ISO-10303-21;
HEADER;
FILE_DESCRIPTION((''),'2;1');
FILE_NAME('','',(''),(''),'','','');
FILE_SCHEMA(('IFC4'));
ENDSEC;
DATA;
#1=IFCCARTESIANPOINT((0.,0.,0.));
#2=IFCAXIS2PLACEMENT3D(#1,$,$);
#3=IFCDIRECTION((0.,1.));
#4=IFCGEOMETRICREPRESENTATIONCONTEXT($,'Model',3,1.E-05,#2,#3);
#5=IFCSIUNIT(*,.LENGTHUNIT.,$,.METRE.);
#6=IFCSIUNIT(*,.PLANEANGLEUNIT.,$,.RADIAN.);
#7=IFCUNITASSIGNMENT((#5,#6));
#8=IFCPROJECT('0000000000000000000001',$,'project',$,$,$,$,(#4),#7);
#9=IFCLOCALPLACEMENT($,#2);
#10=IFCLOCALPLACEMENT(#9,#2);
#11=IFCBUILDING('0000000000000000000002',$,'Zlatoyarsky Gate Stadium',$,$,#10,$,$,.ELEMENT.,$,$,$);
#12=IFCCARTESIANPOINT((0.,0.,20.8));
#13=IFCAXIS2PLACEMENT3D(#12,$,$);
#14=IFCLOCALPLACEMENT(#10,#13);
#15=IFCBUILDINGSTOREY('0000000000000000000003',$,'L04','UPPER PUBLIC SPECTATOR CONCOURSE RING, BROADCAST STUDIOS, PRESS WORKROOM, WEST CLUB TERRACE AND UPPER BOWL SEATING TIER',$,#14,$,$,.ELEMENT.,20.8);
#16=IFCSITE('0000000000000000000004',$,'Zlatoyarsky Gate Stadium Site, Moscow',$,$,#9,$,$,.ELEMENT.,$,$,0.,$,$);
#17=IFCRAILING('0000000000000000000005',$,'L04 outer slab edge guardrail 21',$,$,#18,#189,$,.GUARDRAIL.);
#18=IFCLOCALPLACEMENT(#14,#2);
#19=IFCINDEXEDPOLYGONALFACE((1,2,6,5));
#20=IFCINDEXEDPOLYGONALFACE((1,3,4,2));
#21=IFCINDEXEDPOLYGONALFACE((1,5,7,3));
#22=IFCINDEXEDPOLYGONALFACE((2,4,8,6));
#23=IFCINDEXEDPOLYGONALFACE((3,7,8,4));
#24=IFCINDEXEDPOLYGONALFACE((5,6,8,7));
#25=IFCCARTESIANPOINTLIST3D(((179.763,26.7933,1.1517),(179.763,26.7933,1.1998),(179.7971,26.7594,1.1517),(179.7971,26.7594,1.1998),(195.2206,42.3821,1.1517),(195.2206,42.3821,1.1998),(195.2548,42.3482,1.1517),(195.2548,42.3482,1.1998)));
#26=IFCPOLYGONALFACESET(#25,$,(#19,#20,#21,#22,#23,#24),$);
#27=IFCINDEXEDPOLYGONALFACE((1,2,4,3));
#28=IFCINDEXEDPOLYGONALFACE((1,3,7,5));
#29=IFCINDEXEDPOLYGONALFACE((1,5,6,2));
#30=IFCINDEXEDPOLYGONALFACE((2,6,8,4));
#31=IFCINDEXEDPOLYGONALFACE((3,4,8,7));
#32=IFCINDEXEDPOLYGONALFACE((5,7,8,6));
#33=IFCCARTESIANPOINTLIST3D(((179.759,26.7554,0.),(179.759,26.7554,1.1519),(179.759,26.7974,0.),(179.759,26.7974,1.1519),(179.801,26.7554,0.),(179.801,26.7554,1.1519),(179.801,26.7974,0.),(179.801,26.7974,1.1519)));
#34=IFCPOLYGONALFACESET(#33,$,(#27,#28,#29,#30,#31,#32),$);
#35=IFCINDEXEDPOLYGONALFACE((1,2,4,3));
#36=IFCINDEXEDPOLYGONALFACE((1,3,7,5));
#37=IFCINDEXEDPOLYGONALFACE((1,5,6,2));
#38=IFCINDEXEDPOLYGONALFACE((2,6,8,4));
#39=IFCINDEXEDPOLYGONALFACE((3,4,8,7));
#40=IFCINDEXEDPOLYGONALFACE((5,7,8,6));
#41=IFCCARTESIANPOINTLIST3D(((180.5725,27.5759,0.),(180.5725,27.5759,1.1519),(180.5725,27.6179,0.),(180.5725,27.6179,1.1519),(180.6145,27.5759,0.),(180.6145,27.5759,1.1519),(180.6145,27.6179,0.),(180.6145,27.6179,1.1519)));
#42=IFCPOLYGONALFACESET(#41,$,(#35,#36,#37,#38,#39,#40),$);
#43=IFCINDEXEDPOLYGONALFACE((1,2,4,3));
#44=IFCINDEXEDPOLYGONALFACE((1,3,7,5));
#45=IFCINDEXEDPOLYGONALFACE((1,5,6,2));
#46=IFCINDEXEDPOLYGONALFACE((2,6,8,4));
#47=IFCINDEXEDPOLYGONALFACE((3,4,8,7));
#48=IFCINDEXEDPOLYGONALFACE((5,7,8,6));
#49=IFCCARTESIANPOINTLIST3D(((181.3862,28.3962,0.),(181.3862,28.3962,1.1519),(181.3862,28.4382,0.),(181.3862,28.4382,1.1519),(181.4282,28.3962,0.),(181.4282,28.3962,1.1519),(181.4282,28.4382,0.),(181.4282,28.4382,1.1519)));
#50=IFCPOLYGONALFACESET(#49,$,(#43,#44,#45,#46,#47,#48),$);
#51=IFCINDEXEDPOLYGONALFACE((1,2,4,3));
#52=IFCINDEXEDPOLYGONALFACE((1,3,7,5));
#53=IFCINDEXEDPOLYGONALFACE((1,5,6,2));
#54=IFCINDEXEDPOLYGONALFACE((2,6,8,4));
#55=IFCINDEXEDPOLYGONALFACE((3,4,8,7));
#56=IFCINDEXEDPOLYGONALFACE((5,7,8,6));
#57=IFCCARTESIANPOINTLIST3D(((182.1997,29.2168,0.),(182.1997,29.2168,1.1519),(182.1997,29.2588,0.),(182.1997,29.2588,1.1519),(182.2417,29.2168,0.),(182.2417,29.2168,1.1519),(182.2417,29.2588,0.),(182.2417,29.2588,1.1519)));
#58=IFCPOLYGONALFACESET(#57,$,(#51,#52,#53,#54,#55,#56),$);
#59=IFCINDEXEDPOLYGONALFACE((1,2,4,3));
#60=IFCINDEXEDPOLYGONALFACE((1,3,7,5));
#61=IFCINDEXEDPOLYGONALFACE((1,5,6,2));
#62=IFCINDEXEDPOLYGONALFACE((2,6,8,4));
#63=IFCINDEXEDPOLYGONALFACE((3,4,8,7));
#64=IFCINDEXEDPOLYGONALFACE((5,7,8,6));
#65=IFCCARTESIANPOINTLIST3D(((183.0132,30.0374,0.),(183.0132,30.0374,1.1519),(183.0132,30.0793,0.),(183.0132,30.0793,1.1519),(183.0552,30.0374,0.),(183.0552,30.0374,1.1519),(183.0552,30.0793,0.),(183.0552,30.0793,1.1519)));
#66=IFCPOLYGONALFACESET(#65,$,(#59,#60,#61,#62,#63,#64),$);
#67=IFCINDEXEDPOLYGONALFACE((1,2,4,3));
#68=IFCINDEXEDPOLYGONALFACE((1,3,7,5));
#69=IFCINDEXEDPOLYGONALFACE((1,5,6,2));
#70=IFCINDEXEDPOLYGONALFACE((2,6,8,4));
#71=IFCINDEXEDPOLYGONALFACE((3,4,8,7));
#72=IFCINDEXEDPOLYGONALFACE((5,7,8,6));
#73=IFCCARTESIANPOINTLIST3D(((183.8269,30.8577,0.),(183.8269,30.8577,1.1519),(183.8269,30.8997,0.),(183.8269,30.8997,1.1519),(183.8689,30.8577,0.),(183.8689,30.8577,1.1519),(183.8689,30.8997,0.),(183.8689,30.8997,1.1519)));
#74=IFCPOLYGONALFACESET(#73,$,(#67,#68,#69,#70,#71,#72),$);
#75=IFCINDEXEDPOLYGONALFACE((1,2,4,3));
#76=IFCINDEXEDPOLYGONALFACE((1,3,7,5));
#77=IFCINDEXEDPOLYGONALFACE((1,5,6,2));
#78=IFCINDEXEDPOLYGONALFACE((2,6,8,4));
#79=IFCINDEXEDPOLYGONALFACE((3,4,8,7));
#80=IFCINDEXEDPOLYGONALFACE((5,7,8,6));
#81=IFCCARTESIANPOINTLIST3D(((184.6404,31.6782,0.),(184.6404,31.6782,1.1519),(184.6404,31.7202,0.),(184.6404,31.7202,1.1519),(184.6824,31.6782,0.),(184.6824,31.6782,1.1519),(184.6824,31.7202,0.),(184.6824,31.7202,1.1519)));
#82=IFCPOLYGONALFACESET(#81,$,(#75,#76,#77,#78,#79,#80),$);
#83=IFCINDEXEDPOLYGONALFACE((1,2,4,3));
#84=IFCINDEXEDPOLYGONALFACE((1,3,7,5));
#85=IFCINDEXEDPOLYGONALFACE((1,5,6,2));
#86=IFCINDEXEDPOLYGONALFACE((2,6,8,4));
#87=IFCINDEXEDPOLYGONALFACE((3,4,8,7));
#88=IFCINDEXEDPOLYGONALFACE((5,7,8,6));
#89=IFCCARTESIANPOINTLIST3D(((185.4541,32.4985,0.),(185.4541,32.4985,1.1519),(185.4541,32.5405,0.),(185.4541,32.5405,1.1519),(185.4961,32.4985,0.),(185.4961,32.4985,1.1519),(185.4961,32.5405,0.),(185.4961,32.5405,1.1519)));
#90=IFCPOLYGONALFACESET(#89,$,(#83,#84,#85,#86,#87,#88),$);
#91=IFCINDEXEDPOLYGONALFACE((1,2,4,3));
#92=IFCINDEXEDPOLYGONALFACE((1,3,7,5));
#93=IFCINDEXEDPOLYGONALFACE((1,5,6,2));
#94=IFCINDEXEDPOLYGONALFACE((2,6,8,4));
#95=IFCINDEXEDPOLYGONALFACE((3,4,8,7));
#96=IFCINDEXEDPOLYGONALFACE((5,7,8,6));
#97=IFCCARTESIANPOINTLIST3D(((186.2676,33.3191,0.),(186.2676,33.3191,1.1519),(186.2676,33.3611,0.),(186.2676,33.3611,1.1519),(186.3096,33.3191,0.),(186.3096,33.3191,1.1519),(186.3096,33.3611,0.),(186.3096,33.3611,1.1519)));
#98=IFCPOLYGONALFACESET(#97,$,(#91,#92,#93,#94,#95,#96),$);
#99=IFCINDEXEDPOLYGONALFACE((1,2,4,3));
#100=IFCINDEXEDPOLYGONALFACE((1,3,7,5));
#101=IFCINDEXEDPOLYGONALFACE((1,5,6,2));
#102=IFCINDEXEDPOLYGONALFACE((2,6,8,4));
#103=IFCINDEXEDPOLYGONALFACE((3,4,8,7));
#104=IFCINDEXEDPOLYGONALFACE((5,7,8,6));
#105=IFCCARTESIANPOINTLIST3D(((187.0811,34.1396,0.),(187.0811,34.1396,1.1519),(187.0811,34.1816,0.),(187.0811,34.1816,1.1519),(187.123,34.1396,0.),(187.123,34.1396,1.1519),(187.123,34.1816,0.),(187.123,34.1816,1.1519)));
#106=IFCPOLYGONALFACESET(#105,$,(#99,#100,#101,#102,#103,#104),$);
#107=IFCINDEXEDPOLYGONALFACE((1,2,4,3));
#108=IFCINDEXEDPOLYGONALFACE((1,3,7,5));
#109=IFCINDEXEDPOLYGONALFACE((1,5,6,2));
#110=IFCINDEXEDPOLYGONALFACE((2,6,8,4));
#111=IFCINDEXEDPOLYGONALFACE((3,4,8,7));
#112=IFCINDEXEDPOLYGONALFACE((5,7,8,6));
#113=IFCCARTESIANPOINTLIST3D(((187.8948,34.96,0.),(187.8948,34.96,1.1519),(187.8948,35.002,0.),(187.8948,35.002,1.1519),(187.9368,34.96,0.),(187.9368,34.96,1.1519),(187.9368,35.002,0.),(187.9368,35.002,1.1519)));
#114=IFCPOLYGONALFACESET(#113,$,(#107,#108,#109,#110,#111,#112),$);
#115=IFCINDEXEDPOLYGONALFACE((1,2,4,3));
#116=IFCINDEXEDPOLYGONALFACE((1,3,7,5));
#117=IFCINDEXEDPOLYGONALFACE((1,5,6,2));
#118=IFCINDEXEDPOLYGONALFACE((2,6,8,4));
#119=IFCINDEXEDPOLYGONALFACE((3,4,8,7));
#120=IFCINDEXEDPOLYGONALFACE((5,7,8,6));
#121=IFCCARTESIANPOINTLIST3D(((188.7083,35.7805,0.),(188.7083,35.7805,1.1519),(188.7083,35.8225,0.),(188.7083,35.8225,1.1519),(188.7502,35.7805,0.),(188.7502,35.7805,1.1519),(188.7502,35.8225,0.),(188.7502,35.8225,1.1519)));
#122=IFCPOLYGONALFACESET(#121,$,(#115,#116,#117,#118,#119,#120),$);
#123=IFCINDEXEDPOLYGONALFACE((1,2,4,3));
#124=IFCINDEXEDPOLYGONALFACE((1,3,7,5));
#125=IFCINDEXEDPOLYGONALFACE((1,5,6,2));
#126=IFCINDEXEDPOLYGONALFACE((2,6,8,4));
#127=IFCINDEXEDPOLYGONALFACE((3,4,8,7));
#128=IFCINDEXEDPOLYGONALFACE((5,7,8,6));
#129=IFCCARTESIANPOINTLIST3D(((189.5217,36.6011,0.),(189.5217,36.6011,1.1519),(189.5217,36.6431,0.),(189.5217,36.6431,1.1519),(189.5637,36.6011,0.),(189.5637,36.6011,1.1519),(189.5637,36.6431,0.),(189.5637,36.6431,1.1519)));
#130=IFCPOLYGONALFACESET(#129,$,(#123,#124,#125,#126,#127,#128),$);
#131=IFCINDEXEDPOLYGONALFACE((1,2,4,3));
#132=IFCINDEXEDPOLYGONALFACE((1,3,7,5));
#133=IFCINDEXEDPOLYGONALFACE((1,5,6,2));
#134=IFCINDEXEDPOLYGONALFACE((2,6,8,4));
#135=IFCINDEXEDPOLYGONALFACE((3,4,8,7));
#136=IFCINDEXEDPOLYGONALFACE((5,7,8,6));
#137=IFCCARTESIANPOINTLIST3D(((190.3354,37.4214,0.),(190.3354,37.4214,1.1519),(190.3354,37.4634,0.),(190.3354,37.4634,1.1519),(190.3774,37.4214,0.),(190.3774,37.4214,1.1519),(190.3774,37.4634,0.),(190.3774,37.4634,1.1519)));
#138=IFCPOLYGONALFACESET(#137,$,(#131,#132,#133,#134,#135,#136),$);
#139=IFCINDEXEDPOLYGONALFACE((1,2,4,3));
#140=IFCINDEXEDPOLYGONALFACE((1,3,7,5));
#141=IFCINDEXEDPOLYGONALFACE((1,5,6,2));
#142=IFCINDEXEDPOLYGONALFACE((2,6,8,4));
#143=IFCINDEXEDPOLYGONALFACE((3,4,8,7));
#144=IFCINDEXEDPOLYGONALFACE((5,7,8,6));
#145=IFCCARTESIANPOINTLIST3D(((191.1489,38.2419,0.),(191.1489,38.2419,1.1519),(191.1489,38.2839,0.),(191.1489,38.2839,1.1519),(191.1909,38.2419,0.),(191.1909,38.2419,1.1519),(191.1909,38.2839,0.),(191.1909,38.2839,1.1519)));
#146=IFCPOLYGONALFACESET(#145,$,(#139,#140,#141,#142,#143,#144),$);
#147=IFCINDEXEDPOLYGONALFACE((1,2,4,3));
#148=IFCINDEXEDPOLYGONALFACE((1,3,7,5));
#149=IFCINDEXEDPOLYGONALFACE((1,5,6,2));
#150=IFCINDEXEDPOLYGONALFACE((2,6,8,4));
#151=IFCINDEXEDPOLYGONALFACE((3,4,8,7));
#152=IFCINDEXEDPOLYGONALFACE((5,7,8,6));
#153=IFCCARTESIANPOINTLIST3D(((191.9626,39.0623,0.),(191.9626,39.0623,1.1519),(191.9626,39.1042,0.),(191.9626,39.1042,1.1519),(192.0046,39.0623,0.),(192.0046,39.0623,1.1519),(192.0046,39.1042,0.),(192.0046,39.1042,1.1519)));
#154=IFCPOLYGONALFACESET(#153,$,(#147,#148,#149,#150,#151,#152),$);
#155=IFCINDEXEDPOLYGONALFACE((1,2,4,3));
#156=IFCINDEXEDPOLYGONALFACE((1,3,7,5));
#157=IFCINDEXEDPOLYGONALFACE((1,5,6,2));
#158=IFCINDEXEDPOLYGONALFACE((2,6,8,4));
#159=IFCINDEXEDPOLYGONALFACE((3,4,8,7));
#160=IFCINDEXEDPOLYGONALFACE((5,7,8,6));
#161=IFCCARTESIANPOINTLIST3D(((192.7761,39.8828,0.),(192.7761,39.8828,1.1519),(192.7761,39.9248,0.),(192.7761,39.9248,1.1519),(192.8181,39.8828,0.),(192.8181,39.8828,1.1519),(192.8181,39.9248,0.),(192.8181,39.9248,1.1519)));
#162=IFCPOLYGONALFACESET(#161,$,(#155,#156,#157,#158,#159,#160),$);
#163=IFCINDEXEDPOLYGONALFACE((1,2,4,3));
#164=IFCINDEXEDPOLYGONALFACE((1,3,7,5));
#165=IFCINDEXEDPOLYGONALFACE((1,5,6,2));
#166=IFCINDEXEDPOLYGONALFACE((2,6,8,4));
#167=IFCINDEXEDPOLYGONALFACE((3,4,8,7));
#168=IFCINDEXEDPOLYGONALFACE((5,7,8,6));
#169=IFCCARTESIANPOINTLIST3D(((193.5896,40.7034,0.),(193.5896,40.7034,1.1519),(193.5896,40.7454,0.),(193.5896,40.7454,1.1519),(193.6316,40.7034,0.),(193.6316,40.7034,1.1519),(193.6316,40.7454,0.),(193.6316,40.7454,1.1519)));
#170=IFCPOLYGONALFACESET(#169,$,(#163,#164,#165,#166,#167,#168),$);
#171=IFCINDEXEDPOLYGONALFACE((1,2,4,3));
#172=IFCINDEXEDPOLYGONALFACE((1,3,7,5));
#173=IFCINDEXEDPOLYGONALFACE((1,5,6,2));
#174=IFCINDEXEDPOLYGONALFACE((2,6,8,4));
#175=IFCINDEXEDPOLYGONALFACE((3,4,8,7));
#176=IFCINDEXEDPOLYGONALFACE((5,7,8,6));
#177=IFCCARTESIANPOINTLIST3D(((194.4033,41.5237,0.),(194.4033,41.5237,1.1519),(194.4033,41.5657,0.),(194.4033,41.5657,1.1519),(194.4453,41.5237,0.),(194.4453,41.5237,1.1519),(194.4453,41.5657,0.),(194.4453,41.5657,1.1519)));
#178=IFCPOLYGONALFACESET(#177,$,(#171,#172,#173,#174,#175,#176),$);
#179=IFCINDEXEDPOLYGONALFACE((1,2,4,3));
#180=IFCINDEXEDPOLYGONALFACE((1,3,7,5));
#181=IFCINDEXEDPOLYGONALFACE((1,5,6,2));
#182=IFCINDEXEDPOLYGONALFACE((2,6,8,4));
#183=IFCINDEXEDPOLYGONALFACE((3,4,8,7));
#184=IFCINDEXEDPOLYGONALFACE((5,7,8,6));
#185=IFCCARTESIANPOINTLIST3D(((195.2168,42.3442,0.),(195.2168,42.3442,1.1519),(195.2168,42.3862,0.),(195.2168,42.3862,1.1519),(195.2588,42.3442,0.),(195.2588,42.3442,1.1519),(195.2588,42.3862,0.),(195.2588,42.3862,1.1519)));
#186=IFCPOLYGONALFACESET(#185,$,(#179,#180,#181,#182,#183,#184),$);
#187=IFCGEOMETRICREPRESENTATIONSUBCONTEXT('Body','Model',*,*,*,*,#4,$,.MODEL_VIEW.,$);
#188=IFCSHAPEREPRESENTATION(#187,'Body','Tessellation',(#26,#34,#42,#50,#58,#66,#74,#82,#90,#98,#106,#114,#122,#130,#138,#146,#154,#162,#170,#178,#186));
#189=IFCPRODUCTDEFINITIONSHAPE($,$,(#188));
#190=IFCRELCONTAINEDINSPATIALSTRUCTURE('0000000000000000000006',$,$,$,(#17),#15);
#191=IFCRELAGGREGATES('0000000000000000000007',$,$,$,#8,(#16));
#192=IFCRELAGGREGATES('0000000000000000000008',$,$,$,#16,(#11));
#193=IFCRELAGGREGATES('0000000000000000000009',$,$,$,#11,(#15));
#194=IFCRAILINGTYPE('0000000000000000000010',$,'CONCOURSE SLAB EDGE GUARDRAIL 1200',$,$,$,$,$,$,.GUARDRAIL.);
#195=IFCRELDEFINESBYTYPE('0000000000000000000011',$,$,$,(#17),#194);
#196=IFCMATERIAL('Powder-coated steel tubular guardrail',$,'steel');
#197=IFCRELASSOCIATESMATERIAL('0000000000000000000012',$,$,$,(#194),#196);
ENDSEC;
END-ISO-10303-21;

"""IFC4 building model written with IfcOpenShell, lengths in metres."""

from ifc_helpers import new_model, si_unit, direction, frame, origin, origin_2d, place, context, subcontext, project, spatial, rectangle, extrude, material, type_object, element, save


model = new_model("IFC4")

# Units and contexts
model_context = context("Model", 3, precision=1e-05, world=origin(), true_north=direction((0.0, 1.0)))
body_context = subcontext(model_context, "Body", "Model", "MODEL_VIEW")
ifc_project = project(units=[si_unit("LENGTHUNIT", "METRE"), si_unit("PLANEANGLEUNIT", "RADIAN")], contexts=[model_context])

# Site, building, storey
site_placement = place(None, origin())
site = spatial("IfcSite", under=ifc_project, at=site_placement, Name="Zlatoyarsky Gate Stadium Site, Moscow", CompositionType="ELEMENT", RefElevation=0.0)
building_placement = place(site_placement, origin())
building = spatial("IfcBuilding", under=site, at=building_placement, Name="Zlatoyarsky Gate Stadium", CompositionType="ELEMENT")
storey_placement = place(building_placement, frame((0.0, 0.0, 20.8)))
storey = spatial("IfcBuildingStorey", under=building, at=storey_placement, Name="L04", Description="UPPER PUBLIC SPECTATOR CONCOURSE RING, BROADCAST STUDIOS, PRESS WORKROOM, WEST CLUB TERRACE AND UPPER BOWL SEATING TIER", CompositionType="ELEMENT", Elevation=20.8)

# Railing
ifc_material_1 = material(Name="Powder-coated steel tubular guardrail", Category="steel")
railing_type = type_object("IfcRailingType", Name="CONCOURSE SLAB EDGE GUARDRAIL 1200", PredefinedType="GUARDRAIL", material=ifc_material_1)
railing_placement = place(storey_placement, frame((179.78, 26.7764, 0.0)))
element("IfcRailing", 1, at=railing_placement, inside=storey, type_object=railing_type, Name="L04 outer slab edge guardrail 21", PredefinedType="GUARDRAIL", context=body_context, shape_type="SweptSolid", body=[
    extrude(rectangle(XDim=0.0481, YDim=0.0481, at=origin_2d()), frame((0.0, 0.0, 1.1758), z_axis=(0.704115, 0.710086, 0.0), x_axis=(-0.710086, 0.704115, 0.0)), (0.0, 0.0, 1.0), 21.9534),
    extrude(rectangle(XDim=0.042, YDim=0.042, at=origin_2d()), origin(), (0.0, 0.0, 1.0), 1.1519),
    extrude(rectangle(XDim=0.042, YDim=0.042, at=origin_2d()), frame((0.8135, 0.8206, 0.0)), (0.0, 0.0, 1.0), 1.1519),
    extrude(rectangle(XDim=0.042, YDim=0.042, at=origin_2d()), frame((1.6272, 1.6409, 0.0)), (0.0, 0.0, 1.0), 1.1519),
    extrude(rectangle(XDim=0.042, YDim=0.042, at=origin_2d()), frame((2.4407, 2.4614, 0.0)), (0.0, 0.0, 1.0), 1.1519),
    extrude(rectangle(XDim=0.042, YDim=0.042, at=origin_2d()), frame((3.2542, 3.282, 0.0)), (0.0, 0.0, 1.0), 1.1519),
    extrude(rectangle(XDim=0.042, YDim=0.042, at=origin_2d()), frame((4.0679, 4.1023, 0.0)), (0.0, 0.0, 1.0), 1.1519),
    extrude(rectangle(XDim=0.042, YDim=0.042, at=origin_2d()), frame((4.8813, 4.9229, 0.0)), (0.0, 0.0, 1.0), 1.1519),
    extrude(rectangle(XDim=0.042, YDim=0.042, at=origin_2d()), frame((5.6951, 5.7432, 0.0)), (0.0, 0.0, 1.0), 1.1519),
    extrude(rectangle(XDim=0.042, YDim=0.042, at=origin_2d()), frame((6.5085, 6.5637, 0.0)), (0.0, 0.0, 1.0), 1.1519),
    extrude(rectangle(XDim=0.042, YDim=0.042, at=origin_2d()), frame((7.322, 7.3843, 0.0)), (0.0, 0.0, 1.0), 1.1519),
    extrude(rectangle(XDim=0.042, YDim=0.042, at=origin_2d()), frame((8.1357, 8.2046, 0.0)), (0.0, 0.0, 1.0), 1.1519),
    extrude(rectangle(XDim=0.042, YDim=0.042, at=origin_2d()), frame((8.9492, 9.0251, 0.0)), (0.0, 0.0, 1.0), 1.1519),
    extrude(rectangle(XDim=0.042, YDim=0.042, at=origin_2d()), frame((9.7627, 9.8457, 0.0)), (0.0, 0.0, 1.0), 1.1519),
    extrude(rectangle(XDim=0.042, YDim=0.042, at=origin_2d()), frame((10.5764, 10.666, 0.0)), (0.0, 0.0, 1.0), 1.1519),
    extrude(rectangle(XDim=0.042, YDim=0.042, at=origin_2d()), frame((11.3899, 11.4866, 0.0)), (0.0, 0.0, 1.0), 1.1519),
    extrude(rectangle(XDim=0.042, YDim=0.042, at=origin_2d()), frame((12.2036, 12.3069, 0.0)), (0.0, 0.0, 1.0), 1.1519),
    extrude(rectangle(XDim=0.042, YDim=0.042, at=origin_2d()), frame((13.0171, 13.1274, 0.0)), (0.0, 0.0, 1.0), 1.1519),
    extrude(rectangle(XDim=0.042, YDim=0.042, at=origin_2d()), frame((13.8306, 13.948, 0.0)), (0.0, 0.0, 1.0), 1.1519),
    extrude(rectangle(XDim=0.042, YDim=0.042, at=origin_2d()), frame((14.6443, 14.7683, 0.0)), (0.0, 0.0, 1.0), 1.1519),
    extrude(rectangle(XDim=0.042, YDim=0.042, at=origin_2d()), frame((15.4578, 15.5889, 0.0)), (0.0, 0.0, 1.0), 1.1519),
])

save(model, "model.ifc")
